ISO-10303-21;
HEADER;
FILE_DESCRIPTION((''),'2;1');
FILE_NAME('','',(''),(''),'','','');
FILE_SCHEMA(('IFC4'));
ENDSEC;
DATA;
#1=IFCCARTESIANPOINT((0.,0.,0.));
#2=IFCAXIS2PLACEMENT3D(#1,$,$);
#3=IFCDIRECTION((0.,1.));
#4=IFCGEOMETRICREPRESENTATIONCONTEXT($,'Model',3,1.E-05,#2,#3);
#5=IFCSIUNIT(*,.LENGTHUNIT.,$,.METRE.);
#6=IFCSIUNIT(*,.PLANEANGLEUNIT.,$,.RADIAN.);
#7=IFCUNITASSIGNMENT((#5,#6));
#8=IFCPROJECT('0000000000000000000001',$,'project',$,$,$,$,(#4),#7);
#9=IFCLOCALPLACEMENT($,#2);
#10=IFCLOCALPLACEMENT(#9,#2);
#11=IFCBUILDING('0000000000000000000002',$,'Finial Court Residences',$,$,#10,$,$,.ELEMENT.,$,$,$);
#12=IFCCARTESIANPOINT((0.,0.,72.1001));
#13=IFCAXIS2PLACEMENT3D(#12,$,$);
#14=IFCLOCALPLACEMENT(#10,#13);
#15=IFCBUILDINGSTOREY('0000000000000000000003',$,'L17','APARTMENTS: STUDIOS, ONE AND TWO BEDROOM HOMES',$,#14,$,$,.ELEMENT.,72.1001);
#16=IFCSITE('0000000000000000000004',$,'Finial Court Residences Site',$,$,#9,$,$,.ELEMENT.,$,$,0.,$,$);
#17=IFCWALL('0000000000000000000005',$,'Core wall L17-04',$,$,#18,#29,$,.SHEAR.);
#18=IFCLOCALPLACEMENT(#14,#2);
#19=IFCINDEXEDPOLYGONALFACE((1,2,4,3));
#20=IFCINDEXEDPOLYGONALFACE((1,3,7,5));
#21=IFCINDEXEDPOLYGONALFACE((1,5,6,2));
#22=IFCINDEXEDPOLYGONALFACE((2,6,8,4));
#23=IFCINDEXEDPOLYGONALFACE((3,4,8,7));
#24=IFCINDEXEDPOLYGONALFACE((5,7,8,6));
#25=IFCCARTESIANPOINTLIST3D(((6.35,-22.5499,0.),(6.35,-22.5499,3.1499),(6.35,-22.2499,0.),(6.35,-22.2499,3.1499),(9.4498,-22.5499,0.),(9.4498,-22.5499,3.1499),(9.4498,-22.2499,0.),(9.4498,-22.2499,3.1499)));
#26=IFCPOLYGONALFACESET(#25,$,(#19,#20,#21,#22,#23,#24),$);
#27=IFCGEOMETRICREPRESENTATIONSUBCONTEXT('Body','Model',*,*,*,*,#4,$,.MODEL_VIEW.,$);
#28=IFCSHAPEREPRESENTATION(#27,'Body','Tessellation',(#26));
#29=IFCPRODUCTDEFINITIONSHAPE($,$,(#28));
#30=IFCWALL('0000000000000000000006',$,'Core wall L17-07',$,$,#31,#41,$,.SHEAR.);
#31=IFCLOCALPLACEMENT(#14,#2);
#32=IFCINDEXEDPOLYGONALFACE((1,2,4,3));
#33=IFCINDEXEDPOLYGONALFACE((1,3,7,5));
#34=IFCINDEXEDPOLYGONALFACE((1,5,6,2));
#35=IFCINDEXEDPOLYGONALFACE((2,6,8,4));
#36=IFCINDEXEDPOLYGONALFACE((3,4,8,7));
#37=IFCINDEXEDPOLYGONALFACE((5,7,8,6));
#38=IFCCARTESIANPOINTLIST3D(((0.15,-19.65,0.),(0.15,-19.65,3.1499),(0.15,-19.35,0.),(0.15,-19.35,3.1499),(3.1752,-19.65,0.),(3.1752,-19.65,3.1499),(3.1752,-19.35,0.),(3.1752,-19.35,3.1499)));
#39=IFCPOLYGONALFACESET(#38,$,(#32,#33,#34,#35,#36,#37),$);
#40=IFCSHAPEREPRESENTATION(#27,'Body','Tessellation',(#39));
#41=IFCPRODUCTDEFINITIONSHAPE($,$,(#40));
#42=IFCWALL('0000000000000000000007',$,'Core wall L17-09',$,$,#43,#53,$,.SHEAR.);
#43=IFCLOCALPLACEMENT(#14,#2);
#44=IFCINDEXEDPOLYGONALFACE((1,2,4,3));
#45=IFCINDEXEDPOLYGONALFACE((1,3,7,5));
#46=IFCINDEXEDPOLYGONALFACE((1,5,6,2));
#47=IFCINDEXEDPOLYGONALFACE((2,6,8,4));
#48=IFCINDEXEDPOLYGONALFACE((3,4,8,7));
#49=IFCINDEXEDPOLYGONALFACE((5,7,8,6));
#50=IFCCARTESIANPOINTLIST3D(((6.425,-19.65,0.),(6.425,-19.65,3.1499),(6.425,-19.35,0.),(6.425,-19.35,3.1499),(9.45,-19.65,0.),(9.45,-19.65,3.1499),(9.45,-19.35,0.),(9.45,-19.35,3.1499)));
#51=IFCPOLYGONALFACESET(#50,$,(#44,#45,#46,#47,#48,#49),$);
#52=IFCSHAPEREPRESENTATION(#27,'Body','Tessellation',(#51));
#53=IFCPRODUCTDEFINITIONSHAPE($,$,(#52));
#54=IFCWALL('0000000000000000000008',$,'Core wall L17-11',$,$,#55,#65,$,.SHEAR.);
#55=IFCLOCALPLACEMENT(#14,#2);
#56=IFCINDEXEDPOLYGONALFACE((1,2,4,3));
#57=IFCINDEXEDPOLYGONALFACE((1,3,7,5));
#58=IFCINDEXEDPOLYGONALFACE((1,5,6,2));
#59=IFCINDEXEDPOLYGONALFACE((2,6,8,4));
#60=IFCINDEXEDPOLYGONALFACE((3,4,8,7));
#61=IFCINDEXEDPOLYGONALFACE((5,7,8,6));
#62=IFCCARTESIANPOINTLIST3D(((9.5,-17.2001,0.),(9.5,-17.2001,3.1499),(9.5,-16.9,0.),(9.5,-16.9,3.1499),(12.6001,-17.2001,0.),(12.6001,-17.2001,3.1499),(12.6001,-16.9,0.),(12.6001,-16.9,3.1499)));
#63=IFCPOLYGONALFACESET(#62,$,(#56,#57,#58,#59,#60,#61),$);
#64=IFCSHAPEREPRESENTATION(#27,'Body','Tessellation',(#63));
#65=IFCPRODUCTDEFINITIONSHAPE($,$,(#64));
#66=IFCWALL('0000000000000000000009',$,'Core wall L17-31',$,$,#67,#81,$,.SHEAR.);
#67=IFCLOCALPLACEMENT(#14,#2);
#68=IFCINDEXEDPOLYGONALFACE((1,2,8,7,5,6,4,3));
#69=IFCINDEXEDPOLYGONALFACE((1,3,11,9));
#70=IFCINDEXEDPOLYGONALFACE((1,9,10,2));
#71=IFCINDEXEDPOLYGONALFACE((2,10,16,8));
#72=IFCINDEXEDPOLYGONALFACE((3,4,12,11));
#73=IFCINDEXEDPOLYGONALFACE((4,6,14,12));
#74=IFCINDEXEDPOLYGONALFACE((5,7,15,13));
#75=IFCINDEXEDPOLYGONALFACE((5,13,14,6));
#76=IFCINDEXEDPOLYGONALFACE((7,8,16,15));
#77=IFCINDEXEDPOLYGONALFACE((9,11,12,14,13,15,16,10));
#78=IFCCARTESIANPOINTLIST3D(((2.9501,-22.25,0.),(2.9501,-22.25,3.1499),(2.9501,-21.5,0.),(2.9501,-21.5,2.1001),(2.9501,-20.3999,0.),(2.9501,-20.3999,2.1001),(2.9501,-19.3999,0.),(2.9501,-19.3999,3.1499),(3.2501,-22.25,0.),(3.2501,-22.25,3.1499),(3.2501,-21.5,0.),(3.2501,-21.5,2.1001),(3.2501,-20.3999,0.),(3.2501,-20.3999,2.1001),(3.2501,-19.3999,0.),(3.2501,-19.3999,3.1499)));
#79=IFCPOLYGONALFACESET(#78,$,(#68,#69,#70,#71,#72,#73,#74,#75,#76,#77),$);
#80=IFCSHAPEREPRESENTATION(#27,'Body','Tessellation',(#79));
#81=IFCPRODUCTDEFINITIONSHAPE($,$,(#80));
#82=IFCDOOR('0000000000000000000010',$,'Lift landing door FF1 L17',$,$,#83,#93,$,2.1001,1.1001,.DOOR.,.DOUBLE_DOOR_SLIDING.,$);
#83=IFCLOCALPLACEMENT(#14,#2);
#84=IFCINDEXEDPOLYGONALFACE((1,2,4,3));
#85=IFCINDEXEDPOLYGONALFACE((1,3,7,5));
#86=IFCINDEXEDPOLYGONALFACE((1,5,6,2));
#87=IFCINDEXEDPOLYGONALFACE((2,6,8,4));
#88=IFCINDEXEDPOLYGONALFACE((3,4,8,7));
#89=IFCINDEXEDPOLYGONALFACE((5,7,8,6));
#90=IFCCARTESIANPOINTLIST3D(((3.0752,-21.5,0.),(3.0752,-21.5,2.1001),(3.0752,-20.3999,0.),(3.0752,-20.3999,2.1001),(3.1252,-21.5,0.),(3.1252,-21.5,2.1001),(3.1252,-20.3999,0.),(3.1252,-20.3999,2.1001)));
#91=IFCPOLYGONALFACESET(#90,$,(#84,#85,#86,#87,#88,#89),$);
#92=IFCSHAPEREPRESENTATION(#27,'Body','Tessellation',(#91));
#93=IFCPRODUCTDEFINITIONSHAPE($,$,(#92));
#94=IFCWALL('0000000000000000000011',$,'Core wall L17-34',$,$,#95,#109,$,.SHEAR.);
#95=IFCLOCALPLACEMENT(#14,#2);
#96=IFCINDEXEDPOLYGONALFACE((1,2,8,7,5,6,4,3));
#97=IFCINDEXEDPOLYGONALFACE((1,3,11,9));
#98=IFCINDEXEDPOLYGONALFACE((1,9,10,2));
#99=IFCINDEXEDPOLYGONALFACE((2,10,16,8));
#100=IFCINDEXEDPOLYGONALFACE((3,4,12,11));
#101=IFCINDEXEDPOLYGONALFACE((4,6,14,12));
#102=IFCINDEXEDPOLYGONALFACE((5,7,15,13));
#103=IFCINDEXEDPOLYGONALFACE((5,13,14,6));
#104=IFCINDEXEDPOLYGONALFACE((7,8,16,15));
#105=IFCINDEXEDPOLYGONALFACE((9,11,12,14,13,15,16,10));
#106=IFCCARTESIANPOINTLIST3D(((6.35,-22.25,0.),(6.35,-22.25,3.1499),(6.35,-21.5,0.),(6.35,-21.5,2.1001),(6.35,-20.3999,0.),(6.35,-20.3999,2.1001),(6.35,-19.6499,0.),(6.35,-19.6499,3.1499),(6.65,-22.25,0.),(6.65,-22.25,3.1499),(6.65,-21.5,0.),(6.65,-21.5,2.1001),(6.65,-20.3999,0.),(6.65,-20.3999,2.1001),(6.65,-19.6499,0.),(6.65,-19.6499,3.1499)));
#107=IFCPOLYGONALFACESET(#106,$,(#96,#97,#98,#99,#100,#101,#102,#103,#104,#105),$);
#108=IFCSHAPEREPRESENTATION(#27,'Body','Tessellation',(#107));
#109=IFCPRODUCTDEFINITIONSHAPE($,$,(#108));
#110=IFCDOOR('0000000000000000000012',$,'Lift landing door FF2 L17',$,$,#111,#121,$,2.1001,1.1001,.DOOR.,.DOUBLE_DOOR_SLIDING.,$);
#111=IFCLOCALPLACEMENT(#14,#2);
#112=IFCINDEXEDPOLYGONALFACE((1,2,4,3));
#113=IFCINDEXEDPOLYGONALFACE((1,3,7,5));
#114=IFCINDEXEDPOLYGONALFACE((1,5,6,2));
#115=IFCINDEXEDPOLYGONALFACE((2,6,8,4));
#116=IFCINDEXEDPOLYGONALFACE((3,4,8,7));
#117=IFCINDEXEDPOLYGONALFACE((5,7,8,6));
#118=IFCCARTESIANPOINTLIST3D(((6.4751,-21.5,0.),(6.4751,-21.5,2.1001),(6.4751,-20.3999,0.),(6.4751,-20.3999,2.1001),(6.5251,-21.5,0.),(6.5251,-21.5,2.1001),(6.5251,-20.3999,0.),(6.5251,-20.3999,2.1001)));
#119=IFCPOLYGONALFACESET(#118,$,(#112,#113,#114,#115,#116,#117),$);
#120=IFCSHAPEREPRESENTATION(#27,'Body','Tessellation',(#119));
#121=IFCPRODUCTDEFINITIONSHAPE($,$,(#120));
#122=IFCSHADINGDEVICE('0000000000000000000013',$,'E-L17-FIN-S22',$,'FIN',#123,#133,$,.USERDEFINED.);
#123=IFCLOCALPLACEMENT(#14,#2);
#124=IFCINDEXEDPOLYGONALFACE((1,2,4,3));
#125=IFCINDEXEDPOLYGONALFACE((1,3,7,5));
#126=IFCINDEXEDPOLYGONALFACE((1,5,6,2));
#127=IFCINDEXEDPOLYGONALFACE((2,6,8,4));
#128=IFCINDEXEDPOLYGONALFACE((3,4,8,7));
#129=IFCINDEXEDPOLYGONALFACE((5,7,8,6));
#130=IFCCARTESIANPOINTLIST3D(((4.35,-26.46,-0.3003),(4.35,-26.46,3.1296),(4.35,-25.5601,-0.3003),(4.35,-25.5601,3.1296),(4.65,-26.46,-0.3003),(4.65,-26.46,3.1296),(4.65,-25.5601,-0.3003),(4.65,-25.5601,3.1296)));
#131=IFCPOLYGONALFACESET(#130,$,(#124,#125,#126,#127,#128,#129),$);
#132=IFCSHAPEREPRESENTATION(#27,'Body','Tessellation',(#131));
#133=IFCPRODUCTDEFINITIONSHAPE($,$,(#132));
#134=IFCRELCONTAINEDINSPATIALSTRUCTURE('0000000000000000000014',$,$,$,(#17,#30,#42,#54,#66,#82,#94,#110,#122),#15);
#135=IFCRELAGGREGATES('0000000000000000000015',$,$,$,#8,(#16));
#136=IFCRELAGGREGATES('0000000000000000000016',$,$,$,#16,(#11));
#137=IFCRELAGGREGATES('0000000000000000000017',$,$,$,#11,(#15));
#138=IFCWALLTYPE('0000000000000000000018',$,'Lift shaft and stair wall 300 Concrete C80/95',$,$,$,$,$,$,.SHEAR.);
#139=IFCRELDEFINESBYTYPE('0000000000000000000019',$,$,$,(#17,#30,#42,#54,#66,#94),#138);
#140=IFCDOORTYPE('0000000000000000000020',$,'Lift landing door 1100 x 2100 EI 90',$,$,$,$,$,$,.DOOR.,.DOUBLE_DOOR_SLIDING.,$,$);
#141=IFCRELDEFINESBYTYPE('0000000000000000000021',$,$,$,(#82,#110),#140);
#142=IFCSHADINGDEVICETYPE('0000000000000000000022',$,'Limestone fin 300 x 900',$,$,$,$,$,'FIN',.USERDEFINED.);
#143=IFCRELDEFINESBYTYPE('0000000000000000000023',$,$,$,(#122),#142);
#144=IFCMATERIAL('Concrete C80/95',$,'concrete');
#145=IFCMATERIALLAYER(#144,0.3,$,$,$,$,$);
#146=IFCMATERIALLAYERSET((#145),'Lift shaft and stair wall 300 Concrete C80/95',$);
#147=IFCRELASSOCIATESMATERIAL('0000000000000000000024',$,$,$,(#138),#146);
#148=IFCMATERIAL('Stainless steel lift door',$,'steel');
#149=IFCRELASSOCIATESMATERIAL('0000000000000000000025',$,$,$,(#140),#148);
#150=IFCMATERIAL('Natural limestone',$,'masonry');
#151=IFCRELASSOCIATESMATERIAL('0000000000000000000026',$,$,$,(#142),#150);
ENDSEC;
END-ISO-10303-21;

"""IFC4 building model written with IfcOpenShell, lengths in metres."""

from ifc_helpers import new_model, si_unit, direction, frame, frame_2d, origin, origin_2d, place, context, subcontext, project, spatial, rectangle, extrude, material, layer, layer_set, type_object, element, fill, save


model = new_model("IFC4")

# Units and contexts
model_context = context("Model", 3, precision=1e-05, world=origin(), true_north=direction((0.0, 1.0)))
body_context = subcontext(model_context, "Body", "Model", "MODEL_VIEW")
ifc_project = project(units=[si_unit("LENGTHUNIT", "METRE"), si_unit("PLANEANGLEUNIT", "RADIAN")], contexts=[model_context])

# Site, building, storey
site_placement = place(None, origin())
site = spatial("IfcSite", under=ifc_project, at=site_placement, Name="Finial Court Residences Site", CompositionType="ELEMENT", RefElevation=0.0)
building_placement = place(site_placement, origin())
building = spatial("IfcBuilding", under=site, at=building_placement, Name="Finial Court Residences", CompositionType="ELEMENT")
storey_placement = place(building_placement, frame((0.0, 0.0, 72.1001)))
storey = spatial("IfcBuildingStorey", under=building, at=storey_placement, Name="L17", Description="APARTMENTS: STUDIOS, ONE AND TWO BEDROOM HOMES", CompositionType="ELEMENT", Elevation=72.1001)

# Walls
ifc_material_1 = material(Name="Concrete C80/95", Category="concrete")
ifc_layer_1 = layer(ifc_material_1, 0.3)
ifc_layer_set_1 = layer_set([ifc_layer_1], Name="Lift shaft and stair wall 300 Concrete C80/95")
wall_type_1 = type_object("IfcWallType", Name="Lift shaft and stair wall 300 Concrete C80/95", PredefinedType="SHEAR", material=ifc_layer_set_1)
wall_1_placement = place(storey_placement, frame((6.3501, -22.3999, 0.0), z_axis=(0.0, 0.0, 1.0), x_axis=(1.0, 0.0, 0.0)))
element("IfcWall", 1, at=wall_1_placement, inside=storey, type_object=wall_type_1, Name="Core wall L17-04", PredefinedType="SHEAR", context=body_context, shape_type="SweptSolid", body=[
    extrude(rectangle(XDim=3.0999, YDim=0.3, at=frame_2d((1.5498, 0.0))), origin(), (0.0, 0.0, 1.0), 3.1499),
])
wall_2_placement = place(storey_placement, frame((0.1499, -19.5, 0.0), z_axis=(0.0, 0.0, 1.0), x_axis=(1.0, 0.0, 0.0)))
element("IfcWall", 2, at=wall_2_placement, inside=storey, type_object=wall_type_1, Name="Core wall L17-07", PredefinedType="SHEAR", context=body_context, shape_type="SweptSolid", body=[
    extrude(rectangle(XDim=3.0251, YDim=0.3, at=frame_2d((1.5127, 0.0))), origin(), (0.0, 0.0, 1.0), 3.1499),
])
wall_3_placement = place(storey_placement, frame((6.425, -19.5, 0.0), z_axis=(0.0, 0.0, 1.0), x_axis=(1.0, 0.0, 0.0)))
element("IfcWall", 3, at=wall_3_placement, inside=storey, type_object=wall_type_1, Name="Core wall L17-09", PredefinedType="SHEAR", context=body_context, shape_type="SweptSolid", body=[
    extrude(rectangle(XDim=3.0249, YDim=0.3, at=frame_2d((1.5125, 0.0))), origin(), (0.0, 0.0, 1.0), 3.1499),
])
wall_4_placement = place(storey_placement, frame((9.5, -17.05, 0.0), z_axis=(0.0, 0.0, 1.0), x_axis=(1.0, 0.0, 0.0)))
element("IfcWall", 4, at=wall_4_placement, inside=storey, type_object=wall_type_1, Name="Core wall L17-11", PredefinedType="SHEAR", context=body_context, shape_type="SweptSolid", body=[
    extrude(rectangle(XDim=3.1001, YDim=0.3, at=frame_2d((1.55, 0.0))), origin(), (0.0, 0.0, 1.0), 3.1499),
])

# Walls, openings, doors
wall_5_placement = place(storey_placement, frame((3.1001, -22.25, 0.0), z_axis=(0.0, 0.0, 1.0), x_axis=(0.0, 1.0, 0.0)))
wall_5 = element("IfcWall", 5, at=wall_5_placement, inside=storey, type_object=wall_type_1, Name="Core wall L17-31", PredefinedType="SHEAR", context=body_context, shape_type="SweptSolid", body=[
    extrude(rectangle(XDim=2.8501, YDim=0.3, at=frame_2d((1.425, 0.0))), origin(), (0.0, 0.0, 1.0), 3.1499),
])
opening_1_placement = place(wall_5_placement, frame((0.75, 0.0, 0.0)))
opening_1 = element("IfcOpeningElement", 6, at=opening_1_placement, cuts=wall_5, PredefinedType="OPENING", context=body_context, shape_type="SweptSolid", body=[
    extrude(rectangle(XDim=1.1001, YDim=2.1001, at=frame_2d((0.55, 1.05))), frame((0.0, 0.1599, 0.0), z_axis=(0.0, -1.0, 0.0), x_axis=(1.0, 0.0, 0.0)), (0.0, 0.0, 1.0), 0.3201),
])
ifc_material_2 = material(Name="Stainless steel lift door", Category="steel")
door_type_1 = type_object("IfcDoorType", Name="Lift landing door 1100 x 2100 EI 90", OperationType="DOUBLE_DOOR_SLIDING", PredefinedType="DOOR", material=ifc_material_2)
door_1_placement = place(opening_1_placement, origin())
door_1 = element("IfcDoor", 7, at=door_1_placement, inside=storey, type_object=door_type_1, Name="Lift landing door FF1 L17", OperationType="DOUBLE_DOOR_SLIDING", OverallHeight=2.1001, OverallWidth=1.1001, PredefinedType="DOOR", context=body_context, shape_type="SweptSolid", body=[
    extrude(rectangle(XDim=1.1001, YDim=2.1001, at=frame_2d((0.55, 1.05))), frame((0.0, 0.0249, 0.0), z_axis=(0.0, -1.0, 0.0), x_axis=(1.0, 0.0, 0.0)), (0.0, 0.0, 1.0), 0.05),
])
fill(opening_1, door_1)
wall_6_placement = place(storey_placement, frame((6.5, -22.25, 0.0), z_axis=(0.0, 0.0, 1.0), x_axis=(0.0, 1.0, 0.0)))
wall_6 = element("IfcWall", 8, at=wall_6_placement, inside=storey, type_object=wall_type_1, Name="Core wall L17-34", PredefinedType="SHEAR", context=body_context, shape_type="SweptSolid", body=[
    extrude(rectangle(XDim=2.6001, YDim=0.3, at=frame_2d((1.3, 0.0))), origin(), (0.0, 0.0, 1.0), 3.1499),
])
opening_2_placement = place(wall_6_placement, frame((0.75, 0.0, 0.0)))
opening_2 = element("IfcOpeningElement", 9, at=opening_2_placement, cuts=wall_6, PredefinedType="OPENING", context=body_context, shape_type="SweptSolid", body=[
    extrude(rectangle(XDim=1.1001, YDim=2.1001, at=frame_2d((0.55, 1.05))), frame((0.0, 0.1599, 0.0), z_axis=(0.0, -1.0, 0.0), x_axis=(1.0, 0.0, 0.0)), (0.0, 0.0, 1.0), 0.3201),
])
door_2_placement = place(opening_2_placement, origin())
door_2 = element("IfcDoor", 10, at=door_2_placement, inside=storey, type_object=door_type_1, Name="Lift landing door FF2 L17", OperationType="DOUBLE_DOOR_SLIDING", OverallHeight=2.1001, OverallWidth=1.1001, PredefinedType="DOOR", context=body_context, shape_type="SweptSolid", body=[
    extrude(rectangle(XDim=1.1001, YDim=2.1001, at=frame_2d((0.55, 1.05))), frame((0.0, 0.0249, 0.0), z_axis=(0.0, -1.0, 0.0), x_axis=(1.0, 0.0, 0.0)), (0.0, 0.0, 1.0), 0.05),
])
fill(opening_2, door_2)

# Shading device
ifc_material_3 = material(Name="Natural limestone", Category="masonry")
shading_device_type = type_object("IfcShadingDeviceType", Name="Limestone fin 300 x 900", ElementType="FIN", PredefinedType="USERDEFINED", material=ifc_material_3)
shading_device_placement = place(storey_placement, frame((4.5, -26.01, -0.3003), z_axis=(0.0, 0.0, 1.0), x_axis=(1.0, 0.0, 0.0)))
element("IfcShadingDevice", 11, at=shading_device_placement, inside=storey, type_object=shading_device_type, Name="E-L17-FIN-S22", ObjectType="FIN", PredefinedType="USERDEFINED", context=body_context, shape_type="SweptSolid", body=[
    extrude(rectangle(XDim=0.3, YDim=0.8999, at=origin_2d()), origin(), (0.0, 0.0, 1.0), 3.4299),
])

save(model, "model.ifc")
